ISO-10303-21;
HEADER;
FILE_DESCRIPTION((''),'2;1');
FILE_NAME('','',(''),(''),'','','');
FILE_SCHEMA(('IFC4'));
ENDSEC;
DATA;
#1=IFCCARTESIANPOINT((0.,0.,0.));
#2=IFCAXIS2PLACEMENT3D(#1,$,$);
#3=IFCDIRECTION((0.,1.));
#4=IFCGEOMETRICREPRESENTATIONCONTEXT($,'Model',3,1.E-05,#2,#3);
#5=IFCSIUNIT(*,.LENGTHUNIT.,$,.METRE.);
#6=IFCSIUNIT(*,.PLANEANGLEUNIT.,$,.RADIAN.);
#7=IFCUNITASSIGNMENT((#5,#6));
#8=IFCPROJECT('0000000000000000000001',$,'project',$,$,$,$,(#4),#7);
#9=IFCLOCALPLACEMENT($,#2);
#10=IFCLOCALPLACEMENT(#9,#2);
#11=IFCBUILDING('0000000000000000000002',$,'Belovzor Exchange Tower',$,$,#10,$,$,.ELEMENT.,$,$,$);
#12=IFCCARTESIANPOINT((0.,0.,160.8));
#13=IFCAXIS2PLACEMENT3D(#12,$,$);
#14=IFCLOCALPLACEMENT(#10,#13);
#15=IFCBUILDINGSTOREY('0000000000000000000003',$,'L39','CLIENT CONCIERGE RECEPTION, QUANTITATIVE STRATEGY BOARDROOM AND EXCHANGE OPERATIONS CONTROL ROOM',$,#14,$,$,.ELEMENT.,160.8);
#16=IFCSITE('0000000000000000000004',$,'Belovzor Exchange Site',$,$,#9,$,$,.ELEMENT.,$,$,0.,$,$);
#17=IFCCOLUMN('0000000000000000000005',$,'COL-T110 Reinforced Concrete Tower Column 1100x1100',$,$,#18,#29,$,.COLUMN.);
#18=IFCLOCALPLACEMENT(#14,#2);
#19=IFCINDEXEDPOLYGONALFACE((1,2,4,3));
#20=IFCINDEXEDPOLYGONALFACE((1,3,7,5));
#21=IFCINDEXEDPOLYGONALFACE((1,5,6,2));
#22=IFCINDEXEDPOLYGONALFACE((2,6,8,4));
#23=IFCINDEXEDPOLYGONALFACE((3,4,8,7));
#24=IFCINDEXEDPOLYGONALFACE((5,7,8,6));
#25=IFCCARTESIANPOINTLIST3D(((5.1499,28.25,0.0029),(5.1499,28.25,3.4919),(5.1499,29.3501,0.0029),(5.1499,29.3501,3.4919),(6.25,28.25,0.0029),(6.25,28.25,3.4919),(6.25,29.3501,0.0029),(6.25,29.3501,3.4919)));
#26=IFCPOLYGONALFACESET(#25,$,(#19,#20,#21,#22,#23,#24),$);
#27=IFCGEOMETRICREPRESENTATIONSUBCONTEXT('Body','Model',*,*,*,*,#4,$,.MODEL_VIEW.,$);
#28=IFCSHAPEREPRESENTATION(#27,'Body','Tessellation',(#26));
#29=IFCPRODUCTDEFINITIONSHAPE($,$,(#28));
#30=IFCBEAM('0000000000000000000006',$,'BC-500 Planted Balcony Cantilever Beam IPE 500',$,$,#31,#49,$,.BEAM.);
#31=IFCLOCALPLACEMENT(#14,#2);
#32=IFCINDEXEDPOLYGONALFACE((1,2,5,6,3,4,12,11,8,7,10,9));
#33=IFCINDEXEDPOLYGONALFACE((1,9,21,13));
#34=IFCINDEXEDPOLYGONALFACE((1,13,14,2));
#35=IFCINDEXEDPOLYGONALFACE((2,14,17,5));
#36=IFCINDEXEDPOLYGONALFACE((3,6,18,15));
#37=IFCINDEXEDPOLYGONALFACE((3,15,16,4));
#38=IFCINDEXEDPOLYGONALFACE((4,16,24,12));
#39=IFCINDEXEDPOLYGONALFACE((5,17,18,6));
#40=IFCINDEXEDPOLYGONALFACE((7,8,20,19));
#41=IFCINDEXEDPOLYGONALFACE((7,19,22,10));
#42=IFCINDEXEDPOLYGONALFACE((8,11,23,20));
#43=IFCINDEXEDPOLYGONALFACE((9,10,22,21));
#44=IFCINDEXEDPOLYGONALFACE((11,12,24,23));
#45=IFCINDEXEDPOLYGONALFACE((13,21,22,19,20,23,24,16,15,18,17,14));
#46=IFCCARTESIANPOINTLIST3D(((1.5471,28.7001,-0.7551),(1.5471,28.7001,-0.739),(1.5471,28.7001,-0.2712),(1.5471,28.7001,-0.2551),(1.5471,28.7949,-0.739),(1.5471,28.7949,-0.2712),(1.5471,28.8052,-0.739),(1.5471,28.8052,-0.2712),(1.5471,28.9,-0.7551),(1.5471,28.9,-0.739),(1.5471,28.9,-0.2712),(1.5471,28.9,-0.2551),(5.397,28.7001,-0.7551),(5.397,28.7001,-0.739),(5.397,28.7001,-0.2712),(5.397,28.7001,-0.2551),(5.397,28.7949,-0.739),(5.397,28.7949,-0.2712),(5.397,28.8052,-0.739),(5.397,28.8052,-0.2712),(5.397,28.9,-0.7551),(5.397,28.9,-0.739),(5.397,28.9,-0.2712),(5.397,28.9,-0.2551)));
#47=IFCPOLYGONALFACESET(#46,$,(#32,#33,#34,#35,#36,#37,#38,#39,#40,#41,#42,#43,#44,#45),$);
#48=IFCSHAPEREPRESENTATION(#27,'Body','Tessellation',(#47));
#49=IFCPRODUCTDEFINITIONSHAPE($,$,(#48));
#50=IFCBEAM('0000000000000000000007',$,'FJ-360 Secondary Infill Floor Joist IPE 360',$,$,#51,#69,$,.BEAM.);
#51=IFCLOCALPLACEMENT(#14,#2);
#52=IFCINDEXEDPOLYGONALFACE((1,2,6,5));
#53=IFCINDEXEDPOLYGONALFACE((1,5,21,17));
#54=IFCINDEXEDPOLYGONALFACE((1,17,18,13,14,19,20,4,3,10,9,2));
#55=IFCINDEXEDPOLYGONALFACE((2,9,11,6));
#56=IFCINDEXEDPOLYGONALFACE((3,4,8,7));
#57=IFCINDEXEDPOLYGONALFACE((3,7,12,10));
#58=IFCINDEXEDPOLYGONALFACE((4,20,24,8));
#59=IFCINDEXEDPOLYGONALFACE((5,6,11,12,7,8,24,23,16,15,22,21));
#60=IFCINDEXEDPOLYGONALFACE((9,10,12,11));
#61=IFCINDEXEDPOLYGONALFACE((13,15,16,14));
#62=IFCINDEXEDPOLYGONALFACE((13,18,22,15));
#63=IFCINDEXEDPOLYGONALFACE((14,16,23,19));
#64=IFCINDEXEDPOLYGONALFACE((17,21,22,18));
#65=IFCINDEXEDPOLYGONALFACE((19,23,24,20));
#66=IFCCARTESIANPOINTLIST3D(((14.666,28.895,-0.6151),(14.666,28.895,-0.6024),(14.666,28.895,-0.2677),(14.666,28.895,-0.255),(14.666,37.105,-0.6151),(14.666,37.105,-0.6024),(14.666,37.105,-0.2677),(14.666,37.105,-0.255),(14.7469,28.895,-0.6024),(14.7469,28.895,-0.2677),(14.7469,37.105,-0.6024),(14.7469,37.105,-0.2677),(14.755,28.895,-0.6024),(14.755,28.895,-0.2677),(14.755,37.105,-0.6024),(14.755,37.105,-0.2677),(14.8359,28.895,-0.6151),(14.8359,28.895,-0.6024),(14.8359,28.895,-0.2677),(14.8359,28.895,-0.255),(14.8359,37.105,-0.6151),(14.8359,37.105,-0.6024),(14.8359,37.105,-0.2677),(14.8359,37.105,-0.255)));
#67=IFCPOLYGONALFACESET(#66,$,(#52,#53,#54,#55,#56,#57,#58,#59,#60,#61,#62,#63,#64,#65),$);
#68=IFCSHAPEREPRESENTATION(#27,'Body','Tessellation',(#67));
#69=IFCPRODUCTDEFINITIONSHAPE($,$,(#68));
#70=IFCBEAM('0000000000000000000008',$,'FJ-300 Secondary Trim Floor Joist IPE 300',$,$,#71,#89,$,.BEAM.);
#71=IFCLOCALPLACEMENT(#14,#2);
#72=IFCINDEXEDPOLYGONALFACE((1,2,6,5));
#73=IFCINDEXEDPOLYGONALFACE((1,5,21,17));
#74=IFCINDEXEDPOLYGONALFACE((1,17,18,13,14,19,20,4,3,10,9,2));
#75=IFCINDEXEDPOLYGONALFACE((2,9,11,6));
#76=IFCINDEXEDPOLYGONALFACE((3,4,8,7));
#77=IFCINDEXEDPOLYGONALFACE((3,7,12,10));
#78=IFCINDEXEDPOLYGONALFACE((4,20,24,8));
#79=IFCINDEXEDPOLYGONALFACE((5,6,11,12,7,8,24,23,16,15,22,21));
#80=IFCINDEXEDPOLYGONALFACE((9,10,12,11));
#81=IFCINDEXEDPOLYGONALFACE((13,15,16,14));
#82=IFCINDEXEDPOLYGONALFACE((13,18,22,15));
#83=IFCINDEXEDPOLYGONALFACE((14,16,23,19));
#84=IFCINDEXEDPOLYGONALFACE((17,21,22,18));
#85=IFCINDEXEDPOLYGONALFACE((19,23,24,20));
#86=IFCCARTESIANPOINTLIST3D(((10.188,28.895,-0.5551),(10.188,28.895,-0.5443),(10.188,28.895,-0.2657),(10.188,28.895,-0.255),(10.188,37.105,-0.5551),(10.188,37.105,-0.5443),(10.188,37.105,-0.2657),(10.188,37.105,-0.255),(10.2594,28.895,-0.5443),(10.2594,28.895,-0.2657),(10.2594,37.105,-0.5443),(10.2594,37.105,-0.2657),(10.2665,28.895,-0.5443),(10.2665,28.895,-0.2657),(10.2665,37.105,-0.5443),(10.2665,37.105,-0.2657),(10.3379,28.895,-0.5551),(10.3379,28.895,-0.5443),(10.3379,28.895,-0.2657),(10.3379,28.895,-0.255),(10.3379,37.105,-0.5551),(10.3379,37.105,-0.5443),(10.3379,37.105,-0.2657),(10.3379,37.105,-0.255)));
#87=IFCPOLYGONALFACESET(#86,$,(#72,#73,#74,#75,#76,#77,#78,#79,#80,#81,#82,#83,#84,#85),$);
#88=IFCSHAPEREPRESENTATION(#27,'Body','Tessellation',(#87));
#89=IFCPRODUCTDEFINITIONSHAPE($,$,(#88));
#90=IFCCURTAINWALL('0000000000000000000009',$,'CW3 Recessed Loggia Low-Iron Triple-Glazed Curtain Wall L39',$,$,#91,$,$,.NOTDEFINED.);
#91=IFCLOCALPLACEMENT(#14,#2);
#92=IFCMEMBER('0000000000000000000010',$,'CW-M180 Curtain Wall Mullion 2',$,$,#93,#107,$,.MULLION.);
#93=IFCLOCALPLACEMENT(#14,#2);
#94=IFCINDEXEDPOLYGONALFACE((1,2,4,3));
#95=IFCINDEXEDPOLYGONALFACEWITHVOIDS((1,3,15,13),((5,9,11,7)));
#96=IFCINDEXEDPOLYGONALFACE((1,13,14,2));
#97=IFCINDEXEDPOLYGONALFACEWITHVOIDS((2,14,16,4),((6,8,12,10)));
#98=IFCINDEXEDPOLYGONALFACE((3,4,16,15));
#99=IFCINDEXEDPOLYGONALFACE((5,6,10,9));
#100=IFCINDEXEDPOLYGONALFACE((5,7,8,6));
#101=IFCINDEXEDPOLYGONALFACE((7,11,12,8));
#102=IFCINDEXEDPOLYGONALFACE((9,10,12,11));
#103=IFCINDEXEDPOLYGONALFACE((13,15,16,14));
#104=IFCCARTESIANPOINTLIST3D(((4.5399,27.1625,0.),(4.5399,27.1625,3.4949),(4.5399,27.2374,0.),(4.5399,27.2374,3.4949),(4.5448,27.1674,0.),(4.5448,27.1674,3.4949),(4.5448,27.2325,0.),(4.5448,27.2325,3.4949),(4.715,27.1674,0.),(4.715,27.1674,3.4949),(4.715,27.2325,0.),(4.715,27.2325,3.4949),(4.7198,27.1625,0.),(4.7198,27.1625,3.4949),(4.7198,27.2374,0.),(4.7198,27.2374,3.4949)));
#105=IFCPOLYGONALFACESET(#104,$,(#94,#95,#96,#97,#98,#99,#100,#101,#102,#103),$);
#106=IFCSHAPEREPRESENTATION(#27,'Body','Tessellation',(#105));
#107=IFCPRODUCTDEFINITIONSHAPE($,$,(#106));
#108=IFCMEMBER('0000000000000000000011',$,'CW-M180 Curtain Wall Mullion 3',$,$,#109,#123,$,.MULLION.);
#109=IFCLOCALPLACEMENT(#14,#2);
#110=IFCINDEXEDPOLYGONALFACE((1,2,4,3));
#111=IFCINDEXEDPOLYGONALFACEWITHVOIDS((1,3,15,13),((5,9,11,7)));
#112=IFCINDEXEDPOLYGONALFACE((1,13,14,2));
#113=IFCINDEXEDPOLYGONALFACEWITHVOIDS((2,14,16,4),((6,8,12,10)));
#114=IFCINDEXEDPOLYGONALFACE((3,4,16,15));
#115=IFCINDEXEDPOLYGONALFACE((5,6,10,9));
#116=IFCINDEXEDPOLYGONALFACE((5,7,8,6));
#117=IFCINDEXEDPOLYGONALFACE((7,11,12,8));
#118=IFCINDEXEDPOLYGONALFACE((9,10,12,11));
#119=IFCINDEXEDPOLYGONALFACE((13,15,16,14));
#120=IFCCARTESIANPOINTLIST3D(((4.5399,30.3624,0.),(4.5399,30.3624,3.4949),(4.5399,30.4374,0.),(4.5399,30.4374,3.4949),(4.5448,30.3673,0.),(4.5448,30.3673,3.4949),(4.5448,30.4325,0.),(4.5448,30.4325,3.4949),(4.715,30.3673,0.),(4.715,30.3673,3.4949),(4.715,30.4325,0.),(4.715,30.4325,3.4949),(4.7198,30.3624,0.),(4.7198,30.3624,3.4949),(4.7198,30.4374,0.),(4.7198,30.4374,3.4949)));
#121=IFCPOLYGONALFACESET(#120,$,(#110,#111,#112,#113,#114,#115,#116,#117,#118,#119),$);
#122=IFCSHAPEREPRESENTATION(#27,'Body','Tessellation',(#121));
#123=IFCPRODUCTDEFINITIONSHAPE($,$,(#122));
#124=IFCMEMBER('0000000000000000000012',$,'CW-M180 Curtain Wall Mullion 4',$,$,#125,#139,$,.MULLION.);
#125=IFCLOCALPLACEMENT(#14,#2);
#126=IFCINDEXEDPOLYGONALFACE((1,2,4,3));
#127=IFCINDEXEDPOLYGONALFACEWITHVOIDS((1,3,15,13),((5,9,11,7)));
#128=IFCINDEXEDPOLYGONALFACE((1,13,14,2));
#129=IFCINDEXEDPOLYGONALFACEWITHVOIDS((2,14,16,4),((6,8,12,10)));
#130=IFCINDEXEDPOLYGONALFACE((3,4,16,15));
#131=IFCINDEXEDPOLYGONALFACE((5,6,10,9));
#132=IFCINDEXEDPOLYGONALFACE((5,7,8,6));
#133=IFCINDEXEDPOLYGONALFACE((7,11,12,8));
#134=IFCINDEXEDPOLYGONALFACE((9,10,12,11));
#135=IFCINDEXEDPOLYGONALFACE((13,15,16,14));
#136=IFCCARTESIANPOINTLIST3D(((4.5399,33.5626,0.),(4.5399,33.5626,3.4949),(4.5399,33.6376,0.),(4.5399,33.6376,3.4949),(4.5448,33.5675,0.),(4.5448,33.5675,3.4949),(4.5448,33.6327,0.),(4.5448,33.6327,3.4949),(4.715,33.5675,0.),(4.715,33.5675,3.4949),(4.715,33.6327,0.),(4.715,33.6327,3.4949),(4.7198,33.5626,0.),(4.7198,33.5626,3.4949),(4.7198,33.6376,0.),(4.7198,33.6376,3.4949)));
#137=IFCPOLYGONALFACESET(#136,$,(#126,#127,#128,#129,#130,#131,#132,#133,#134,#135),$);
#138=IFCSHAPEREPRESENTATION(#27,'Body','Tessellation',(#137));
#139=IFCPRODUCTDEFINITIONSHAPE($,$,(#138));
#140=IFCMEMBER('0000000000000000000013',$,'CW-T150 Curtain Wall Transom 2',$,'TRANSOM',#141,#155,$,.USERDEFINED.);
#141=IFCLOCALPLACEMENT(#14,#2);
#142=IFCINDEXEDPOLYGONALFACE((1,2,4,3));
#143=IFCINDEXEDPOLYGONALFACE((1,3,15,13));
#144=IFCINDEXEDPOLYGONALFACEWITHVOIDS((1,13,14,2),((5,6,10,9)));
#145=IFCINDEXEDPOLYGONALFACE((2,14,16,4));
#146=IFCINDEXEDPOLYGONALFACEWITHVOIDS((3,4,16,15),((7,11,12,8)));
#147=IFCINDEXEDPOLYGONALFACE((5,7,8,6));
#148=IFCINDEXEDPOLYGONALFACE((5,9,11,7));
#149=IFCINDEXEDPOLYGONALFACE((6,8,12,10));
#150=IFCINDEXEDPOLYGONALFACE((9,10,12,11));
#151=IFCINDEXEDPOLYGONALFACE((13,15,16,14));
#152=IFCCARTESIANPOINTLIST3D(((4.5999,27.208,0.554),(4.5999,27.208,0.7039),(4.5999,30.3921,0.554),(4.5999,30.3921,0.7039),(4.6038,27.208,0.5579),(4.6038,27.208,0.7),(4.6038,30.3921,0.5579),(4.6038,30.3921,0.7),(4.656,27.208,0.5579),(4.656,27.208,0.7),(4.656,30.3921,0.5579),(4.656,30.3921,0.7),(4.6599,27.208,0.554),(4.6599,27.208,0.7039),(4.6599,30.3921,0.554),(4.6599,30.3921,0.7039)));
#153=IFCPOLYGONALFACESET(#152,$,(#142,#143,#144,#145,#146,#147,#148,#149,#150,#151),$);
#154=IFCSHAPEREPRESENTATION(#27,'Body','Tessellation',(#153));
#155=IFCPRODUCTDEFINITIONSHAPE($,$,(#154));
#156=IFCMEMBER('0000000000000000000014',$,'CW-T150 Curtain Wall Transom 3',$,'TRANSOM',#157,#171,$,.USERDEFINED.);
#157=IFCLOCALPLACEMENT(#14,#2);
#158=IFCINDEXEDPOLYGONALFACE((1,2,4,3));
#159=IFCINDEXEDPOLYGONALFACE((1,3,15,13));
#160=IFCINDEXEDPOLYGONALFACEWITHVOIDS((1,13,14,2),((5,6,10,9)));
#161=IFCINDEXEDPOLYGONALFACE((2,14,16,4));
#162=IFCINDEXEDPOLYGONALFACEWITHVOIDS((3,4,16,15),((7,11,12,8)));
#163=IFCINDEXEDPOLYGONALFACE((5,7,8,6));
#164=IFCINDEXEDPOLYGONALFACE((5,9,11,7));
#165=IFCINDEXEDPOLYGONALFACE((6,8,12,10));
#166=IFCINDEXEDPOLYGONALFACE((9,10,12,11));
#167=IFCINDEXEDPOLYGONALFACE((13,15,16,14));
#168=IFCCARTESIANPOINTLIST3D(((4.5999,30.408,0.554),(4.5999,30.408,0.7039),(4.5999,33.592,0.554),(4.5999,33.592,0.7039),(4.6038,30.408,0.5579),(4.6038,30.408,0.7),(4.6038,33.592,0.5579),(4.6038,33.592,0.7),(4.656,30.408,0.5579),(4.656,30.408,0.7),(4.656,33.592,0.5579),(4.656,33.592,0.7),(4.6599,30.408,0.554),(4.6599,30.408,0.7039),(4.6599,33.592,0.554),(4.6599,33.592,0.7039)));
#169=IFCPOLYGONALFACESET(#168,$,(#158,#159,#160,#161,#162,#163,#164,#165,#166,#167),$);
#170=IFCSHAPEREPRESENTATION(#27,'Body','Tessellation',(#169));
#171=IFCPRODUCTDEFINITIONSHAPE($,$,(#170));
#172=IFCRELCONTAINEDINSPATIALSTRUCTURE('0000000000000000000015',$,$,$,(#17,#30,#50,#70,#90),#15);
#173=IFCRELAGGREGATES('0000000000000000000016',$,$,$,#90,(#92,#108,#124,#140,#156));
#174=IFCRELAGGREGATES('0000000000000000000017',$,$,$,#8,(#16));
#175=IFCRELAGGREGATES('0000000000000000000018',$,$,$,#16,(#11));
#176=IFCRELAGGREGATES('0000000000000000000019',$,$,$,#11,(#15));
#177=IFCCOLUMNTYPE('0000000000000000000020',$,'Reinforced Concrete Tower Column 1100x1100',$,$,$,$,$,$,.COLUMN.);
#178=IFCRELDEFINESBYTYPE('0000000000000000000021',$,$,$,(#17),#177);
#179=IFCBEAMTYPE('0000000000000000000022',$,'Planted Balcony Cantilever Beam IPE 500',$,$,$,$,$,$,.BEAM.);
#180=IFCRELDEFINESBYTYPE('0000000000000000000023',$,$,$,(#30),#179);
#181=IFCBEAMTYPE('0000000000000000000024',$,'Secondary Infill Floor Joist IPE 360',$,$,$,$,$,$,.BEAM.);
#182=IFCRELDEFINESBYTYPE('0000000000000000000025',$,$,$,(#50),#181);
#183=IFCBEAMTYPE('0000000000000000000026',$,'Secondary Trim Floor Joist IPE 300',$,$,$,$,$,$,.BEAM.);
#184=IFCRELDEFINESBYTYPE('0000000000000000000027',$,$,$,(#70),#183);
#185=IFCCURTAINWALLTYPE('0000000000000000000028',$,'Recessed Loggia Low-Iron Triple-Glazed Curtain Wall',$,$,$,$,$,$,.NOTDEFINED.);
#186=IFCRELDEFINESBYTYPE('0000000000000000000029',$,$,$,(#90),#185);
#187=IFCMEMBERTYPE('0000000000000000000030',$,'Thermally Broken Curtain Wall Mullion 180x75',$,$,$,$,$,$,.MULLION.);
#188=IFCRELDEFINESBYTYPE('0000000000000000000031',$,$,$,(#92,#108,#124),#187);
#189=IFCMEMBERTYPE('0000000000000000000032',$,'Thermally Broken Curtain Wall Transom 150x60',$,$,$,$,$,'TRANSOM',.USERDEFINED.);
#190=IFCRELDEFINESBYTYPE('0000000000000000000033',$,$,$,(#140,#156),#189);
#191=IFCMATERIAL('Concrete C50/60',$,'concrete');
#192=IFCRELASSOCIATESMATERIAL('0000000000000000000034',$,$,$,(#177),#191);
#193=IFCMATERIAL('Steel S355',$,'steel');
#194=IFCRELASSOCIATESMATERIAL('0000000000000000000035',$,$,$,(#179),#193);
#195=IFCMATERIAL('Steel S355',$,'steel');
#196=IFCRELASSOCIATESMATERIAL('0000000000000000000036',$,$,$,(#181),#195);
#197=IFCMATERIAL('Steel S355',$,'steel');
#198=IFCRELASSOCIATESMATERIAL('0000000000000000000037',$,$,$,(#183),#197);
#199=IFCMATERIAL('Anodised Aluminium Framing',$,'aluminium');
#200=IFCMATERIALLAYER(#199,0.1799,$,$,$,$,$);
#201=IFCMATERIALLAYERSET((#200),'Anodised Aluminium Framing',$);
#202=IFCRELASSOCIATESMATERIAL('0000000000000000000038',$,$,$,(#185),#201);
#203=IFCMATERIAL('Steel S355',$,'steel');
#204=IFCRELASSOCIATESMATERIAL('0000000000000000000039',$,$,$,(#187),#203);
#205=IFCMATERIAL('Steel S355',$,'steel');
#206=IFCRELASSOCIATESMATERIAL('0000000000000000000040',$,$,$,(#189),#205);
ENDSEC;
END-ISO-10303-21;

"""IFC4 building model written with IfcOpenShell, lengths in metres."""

from ifc_helpers import new_model, si_unit, direction, frame, origin, origin_2d, place, context, subcontext, project, spatial, rectangle, hollow_rectangle, i_section, extrude, material, layer, layer_set, material_profile, profile_set, type_object, element, aggregate, save


model = new_model("IFC4")

# Units and contexts
model_context = context("Model", 3, precision=1e-05, world=origin(), true_north=direction((0.0, 1.0)))
body_context = subcontext(model_context, "Body", "Model", "MODEL_VIEW")
ifc_project = project(units=[si_unit("LENGTHUNIT", "METRE"), si_unit("PLANEANGLEUNIT", "RADIAN")], contexts=[model_context])

# Site, building, storey
site_placement = place(None, origin())
site = spatial("IfcSite", under=ifc_project, at=site_placement, Name="Belovzor Exchange Site", CompositionType="ELEMENT", RefElevation=0.0)
building_placement = place(site_placement, origin())
building = spatial("IfcBuilding", under=site, at=building_placement, Name="Belovzor Exchange Tower", CompositionType="ELEMENT")
storey_placement = place(building_placement, frame((0.0, 0.0, 160.8)))
storey = spatial("IfcBuildingStorey", under=building, at=storey_placement, Name="L39", Description="CLIENT CONCIERGE RECEPTION, QUANTITATIVE STRATEGY BOARDROOM AND EXCHANGE OPERATIONS CONTROL ROOM", CompositionType="ELEMENT", Elevation=160.8)

# Column
ifc_material_1 = material(Name="Concrete C50/60", Category="concrete")
ifc_material_profile_1 = material_profile(ifc_material_1, rectangle(XDim=1.1001, YDim=1.1001, at=origin_2d()))
ifc_profile_set_1 = profile_set([ifc_material_profile_1], Name="Concrete C50/60")
column_type = type_object("IfcColumnType", Name="Reinforced Concrete Tower Column 1100x1100", PredefinedType="COLUMN", material=ifc_profile_set_1)
column_placement = place(storey_placement, frame((5.7, 28.8, 0.0029), z_axis=(0.0, 0.0, 1.0), x_axis=(1.0, 0.0, 0.0)))
element("IfcColumn", 1, at=column_placement, inside=storey, type_object=column_type, Name="COL-T110 Reinforced Concrete Tower Column 1100x1100", PredefinedType="COLUMN", context=body_context, shape_type="SweptSolid", body=[
    extrude(rectangle(XDim=1.1001, YDim=1.1001, at=origin_2d()), origin(), (0.0, 0.0, 1.0), 3.489),
])

# Beams
ifc_material_2 = material(Name="Steel S355", Category="steel")
ifc_material_profile_2 = material_profile(ifc_material_2, i_section(OverallWidth=0.2, OverallDepth=0.5, WebThickness=0.0103, FlangeThickness=0.0161, at=origin_2d()))
ifc_profile_set_2 = profile_set([ifc_material_profile_2], Name="Steel S355")
beam_type_1 = type_object("IfcBeamType", Name="Planted Balcony Cantilever Beam IPE 500", PredefinedType="BEAM", material=ifc_profile_set_2)
beam_1_placement = place(storey_placement, frame((5.397, 28.8, -0.5051), z_axis=(-1.0, 0.0, 0.0), x_axis=(0.0, -1.0, 0.0)))
element("IfcBeam", 2, at=beam_1_placement, inside=storey, type_object=beam_type_1, Name="BC-500 Planted Balcony Cantilever Beam IPE 500", PredefinedType="BEAM", context=body_context, shape_type="SweptSolid", body=[
    extrude(i_section(OverallWidth=0.2, OverallDepth=0.5, WebThickness=0.0103, FlangeThickness=0.0161, at=origin_2d()), origin(), (0.0, 0.0, 1.0), 3.8499),
])
ifc_material_3 = material(Name="Steel S355", Category="steel")
ifc_material_profile_3 = material_profile(ifc_material_3, i_section(OverallWidth=0.1699, OverallDepth=0.3601, WebThickness=0.0081, FlangeThickness=0.0127, at=origin_2d()))
ifc_profile_set_3 = profile_set([ifc_material_profile_3], Name="Steel S355")
beam_type_2 = type_object("IfcBeamType", Name="Secondary Infill Floor Joist IPE 360", PredefinedType="BEAM", material=ifc_profile_set_3)
beam_2_placement = place(storey_placement, frame((14.751, 28.895, -0.4351), z_axis=(0.0, 1.0, 0.0), x_axis=(-1.0, 0.0, 0.0)))
element("IfcBeam", 3, at=beam_2_placement, inside=storey, type_object=beam_type_2, Name="FJ-360 Secondary Infill Floor Joist IPE 360", PredefinedType="BEAM", context=body_context, shape_type="SweptSolid", body=[
    extrude(i_section(OverallWidth=0.1699, OverallDepth=0.3601, WebThickness=0.0081, FlangeThickness=0.0127, at=origin_2d()), origin(), (0.0, 0.0, 1.0), 8.21),
])
ifc_material_4 = material(Name="Steel S355", Category="steel")
ifc_material_profile_4 = material_profile(ifc_material_4, i_section(OverallWidth=0.1499, OverallDepth=0.3, WebThickness=0.0071, FlangeThickness=0.0107, at=origin_2d()))
ifc_profile_set_4 = profile_set([ifc_material_profile_4], Name="Steel S355")
beam_type_3 = type_object("IfcBeamType", Name="Secondary Trim Floor Joist IPE 300", PredefinedType="BEAM", material=ifc_profile_set_4)
beam_3_placement = place(storey_placement, frame((10.2629, 28.895, -0.405), z_axis=(0.0, 1.0, 0.0), x_axis=(-1.0, 0.0, 0.0)))
element("IfcBeam", 4, at=beam_3_placement, inside=storey, type_object=beam_type_3, Name="FJ-300 Secondary Trim Floor Joist IPE 300", PredefinedType="BEAM", context=body_context, shape_type="SweptSolid", body=[
    extrude(i_section(OverallWidth=0.1499, OverallDepth=0.3, WebThickness=0.0071, FlangeThickness=0.0107, at=origin_2d()), origin(), (0.0, 0.0, 1.0), 8.21),
])

# Curtain wall, members
ifc_material_5 = material(Name="Anodised Aluminium Framing", Category="aluminium")
ifc_layer_1 = layer(ifc_material_5, 0.1799)
ifc_layer_set_1 = layer_set([ifc_layer_1], Name="Anodised Aluminium Framing")
curtain_wall_type = type_object("IfcCurtainWallType", Name="Recessed Loggia Low-Iron Triple-Glazed Curtain Wall", PredefinedType="NOTDEFINED", material=ifc_layer_set_1)
curtain_wall_placement = place(storey_placement, origin())
curtain_wall = element("IfcCurtainWall", 5, at=curtain_wall_placement, inside=storey, type_object=curtain_wall_type, Name="CW3 Recessed Loggia Low-Iron Triple-Glazed Curtain Wall L39", PredefinedType="NOTDEFINED")
ifc_material_6 = material(Name="Steel S355", Category="steel")
ifc_material_profile_5 = material_profile(ifc_material_6, hollow_rectangle(XDim=0.075, YDim=0.1799, WallThickness=0.0049, at=origin_2d()))
ifc_profile_set_5 = profile_set([ifc_material_profile_5], Name="Steel S355")
member_type_1 = type_object("IfcMemberType", Name="Thermally Broken Curtain Wall Mullion 180x75", PredefinedType="MULLION", material=ifc_profile_set_5)
member_1_placement = place(storey_placement, frame((4.6299, 27.2, 0.0), z_axis=(0.0, 0.0, 1.0), x_axis=(0.0, 1.0, 0.0)))
member_1 = element("IfcMember", 6, at=member_1_placement, type_object=member_type_1, Name="CW-M180 Curtain Wall Mullion 2", PredefinedType="MULLION", context=body_context, shape_type="SweptSolid", body=[
    extrude(hollow_rectangle(XDim=0.075, YDim=0.1799, WallThickness=0.0049, at=origin_2d()), origin(), (0.0, 0.0, 1.0), 3.4949),
])
member_2_placement = place(storey_placement, frame((4.6299, 30.3999, 0.0), z_axis=(0.0, 0.0, 1.0), x_axis=(0.0, 1.0, 0.0)))
member_2 = element("IfcMember", 7, at=member_2_placement, type_object=member_type_1, Name="CW-M180 Curtain Wall Mullion 3", PredefinedType="MULLION", context=body_context, shape_type="SweptSolid", body=[
    extrude(hollow_rectangle(XDim=0.075, YDim=0.1799, WallThickness=0.0049, at=origin_2d()), origin(), (0.0, 0.0, 1.0), 3.4949),
])
member_3_placement = place(storey_placement, frame((4.6299, 33.6001, 0.0), z_axis=(0.0, 0.0, 1.0), x_axis=(0.0, 1.0, 0.0)))
member_3 = element("IfcMember", 8, at=member_3_placement, type_object=member_type_1, Name="CW-M180 Curtain Wall Mullion 4", PredefinedType="MULLION", context=body_context, shape_type="SweptSolid", body=[
    extrude(hollow_rectangle(XDim=0.075, YDim=0.1799, WallThickness=0.0049, at=origin_2d()), origin(), (0.0, 0.0, 1.0), 3.4949),
])
ifc_material_7 = material(Name="Steel S355", Category="steel")
ifc_material_profile_6 = material_profile(ifc_material_7, hollow_rectangle(XDim=0.0601, YDim=0.1499, WallThickness=0.0039, at=origin_2d()))
ifc_profile_set_6 = profile_set([ifc_material_profile_6], Name="Steel S355")
member_type_2 = type_object("IfcMemberType", Name="Thermally Broken Curtain Wall Transom 150x60", ElementType="TRANSOM", PredefinedType="USERDEFINED", material=ifc_profile_set_6)
member_4_placement = place(storey_placement, frame((4.6299, 27.208, 0.6289), z_axis=(0.0, 1.0, 0.0), x_axis=(-1.0, 0.0, 0.0)))
member_4 = element("IfcMember", 9, at=member_4_placement, type_object=member_type_2, Name="CW-T150 Curtain Wall Transom 2", ObjectType="TRANSOM", PredefinedType="USERDEFINED", context=body_context, shape_type="SweptSolid", body=[
    extrude(hollow_rectangle(XDim=0.0601, YDim=0.1499, WallThickness=0.0039, at=origin_2d()), origin(), (0.0, 0.0, 1.0), 3.1841),
])
member_5_placement = place(storey_placement, frame((4.6299, 30.408, 0.6289), z_axis=(0.0, 1.0, 0.0), x_axis=(-1.0, 0.0, 0.0)))
member_5 = element("IfcMember", 10, at=member_5_placement, type_object=member_type_2, Name="CW-T150 Curtain Wall Transom 3", ObjectType="TRANSOM", PredefinedType="USERDEFINED", context=body_context, shape_type="SweptSolid", body=[
    extrude(hollow_rectangle(XDim=0.0601, YDim=0.1499, WallThickness=0.0039, at=origin_2d()), origin(), (0.0, 0.0, 1.0), 3.1841),
])

aggregate(curtain_wall, [member_1, member_2, member_3, member_4, member_5])

save(model, "model.ifc")
